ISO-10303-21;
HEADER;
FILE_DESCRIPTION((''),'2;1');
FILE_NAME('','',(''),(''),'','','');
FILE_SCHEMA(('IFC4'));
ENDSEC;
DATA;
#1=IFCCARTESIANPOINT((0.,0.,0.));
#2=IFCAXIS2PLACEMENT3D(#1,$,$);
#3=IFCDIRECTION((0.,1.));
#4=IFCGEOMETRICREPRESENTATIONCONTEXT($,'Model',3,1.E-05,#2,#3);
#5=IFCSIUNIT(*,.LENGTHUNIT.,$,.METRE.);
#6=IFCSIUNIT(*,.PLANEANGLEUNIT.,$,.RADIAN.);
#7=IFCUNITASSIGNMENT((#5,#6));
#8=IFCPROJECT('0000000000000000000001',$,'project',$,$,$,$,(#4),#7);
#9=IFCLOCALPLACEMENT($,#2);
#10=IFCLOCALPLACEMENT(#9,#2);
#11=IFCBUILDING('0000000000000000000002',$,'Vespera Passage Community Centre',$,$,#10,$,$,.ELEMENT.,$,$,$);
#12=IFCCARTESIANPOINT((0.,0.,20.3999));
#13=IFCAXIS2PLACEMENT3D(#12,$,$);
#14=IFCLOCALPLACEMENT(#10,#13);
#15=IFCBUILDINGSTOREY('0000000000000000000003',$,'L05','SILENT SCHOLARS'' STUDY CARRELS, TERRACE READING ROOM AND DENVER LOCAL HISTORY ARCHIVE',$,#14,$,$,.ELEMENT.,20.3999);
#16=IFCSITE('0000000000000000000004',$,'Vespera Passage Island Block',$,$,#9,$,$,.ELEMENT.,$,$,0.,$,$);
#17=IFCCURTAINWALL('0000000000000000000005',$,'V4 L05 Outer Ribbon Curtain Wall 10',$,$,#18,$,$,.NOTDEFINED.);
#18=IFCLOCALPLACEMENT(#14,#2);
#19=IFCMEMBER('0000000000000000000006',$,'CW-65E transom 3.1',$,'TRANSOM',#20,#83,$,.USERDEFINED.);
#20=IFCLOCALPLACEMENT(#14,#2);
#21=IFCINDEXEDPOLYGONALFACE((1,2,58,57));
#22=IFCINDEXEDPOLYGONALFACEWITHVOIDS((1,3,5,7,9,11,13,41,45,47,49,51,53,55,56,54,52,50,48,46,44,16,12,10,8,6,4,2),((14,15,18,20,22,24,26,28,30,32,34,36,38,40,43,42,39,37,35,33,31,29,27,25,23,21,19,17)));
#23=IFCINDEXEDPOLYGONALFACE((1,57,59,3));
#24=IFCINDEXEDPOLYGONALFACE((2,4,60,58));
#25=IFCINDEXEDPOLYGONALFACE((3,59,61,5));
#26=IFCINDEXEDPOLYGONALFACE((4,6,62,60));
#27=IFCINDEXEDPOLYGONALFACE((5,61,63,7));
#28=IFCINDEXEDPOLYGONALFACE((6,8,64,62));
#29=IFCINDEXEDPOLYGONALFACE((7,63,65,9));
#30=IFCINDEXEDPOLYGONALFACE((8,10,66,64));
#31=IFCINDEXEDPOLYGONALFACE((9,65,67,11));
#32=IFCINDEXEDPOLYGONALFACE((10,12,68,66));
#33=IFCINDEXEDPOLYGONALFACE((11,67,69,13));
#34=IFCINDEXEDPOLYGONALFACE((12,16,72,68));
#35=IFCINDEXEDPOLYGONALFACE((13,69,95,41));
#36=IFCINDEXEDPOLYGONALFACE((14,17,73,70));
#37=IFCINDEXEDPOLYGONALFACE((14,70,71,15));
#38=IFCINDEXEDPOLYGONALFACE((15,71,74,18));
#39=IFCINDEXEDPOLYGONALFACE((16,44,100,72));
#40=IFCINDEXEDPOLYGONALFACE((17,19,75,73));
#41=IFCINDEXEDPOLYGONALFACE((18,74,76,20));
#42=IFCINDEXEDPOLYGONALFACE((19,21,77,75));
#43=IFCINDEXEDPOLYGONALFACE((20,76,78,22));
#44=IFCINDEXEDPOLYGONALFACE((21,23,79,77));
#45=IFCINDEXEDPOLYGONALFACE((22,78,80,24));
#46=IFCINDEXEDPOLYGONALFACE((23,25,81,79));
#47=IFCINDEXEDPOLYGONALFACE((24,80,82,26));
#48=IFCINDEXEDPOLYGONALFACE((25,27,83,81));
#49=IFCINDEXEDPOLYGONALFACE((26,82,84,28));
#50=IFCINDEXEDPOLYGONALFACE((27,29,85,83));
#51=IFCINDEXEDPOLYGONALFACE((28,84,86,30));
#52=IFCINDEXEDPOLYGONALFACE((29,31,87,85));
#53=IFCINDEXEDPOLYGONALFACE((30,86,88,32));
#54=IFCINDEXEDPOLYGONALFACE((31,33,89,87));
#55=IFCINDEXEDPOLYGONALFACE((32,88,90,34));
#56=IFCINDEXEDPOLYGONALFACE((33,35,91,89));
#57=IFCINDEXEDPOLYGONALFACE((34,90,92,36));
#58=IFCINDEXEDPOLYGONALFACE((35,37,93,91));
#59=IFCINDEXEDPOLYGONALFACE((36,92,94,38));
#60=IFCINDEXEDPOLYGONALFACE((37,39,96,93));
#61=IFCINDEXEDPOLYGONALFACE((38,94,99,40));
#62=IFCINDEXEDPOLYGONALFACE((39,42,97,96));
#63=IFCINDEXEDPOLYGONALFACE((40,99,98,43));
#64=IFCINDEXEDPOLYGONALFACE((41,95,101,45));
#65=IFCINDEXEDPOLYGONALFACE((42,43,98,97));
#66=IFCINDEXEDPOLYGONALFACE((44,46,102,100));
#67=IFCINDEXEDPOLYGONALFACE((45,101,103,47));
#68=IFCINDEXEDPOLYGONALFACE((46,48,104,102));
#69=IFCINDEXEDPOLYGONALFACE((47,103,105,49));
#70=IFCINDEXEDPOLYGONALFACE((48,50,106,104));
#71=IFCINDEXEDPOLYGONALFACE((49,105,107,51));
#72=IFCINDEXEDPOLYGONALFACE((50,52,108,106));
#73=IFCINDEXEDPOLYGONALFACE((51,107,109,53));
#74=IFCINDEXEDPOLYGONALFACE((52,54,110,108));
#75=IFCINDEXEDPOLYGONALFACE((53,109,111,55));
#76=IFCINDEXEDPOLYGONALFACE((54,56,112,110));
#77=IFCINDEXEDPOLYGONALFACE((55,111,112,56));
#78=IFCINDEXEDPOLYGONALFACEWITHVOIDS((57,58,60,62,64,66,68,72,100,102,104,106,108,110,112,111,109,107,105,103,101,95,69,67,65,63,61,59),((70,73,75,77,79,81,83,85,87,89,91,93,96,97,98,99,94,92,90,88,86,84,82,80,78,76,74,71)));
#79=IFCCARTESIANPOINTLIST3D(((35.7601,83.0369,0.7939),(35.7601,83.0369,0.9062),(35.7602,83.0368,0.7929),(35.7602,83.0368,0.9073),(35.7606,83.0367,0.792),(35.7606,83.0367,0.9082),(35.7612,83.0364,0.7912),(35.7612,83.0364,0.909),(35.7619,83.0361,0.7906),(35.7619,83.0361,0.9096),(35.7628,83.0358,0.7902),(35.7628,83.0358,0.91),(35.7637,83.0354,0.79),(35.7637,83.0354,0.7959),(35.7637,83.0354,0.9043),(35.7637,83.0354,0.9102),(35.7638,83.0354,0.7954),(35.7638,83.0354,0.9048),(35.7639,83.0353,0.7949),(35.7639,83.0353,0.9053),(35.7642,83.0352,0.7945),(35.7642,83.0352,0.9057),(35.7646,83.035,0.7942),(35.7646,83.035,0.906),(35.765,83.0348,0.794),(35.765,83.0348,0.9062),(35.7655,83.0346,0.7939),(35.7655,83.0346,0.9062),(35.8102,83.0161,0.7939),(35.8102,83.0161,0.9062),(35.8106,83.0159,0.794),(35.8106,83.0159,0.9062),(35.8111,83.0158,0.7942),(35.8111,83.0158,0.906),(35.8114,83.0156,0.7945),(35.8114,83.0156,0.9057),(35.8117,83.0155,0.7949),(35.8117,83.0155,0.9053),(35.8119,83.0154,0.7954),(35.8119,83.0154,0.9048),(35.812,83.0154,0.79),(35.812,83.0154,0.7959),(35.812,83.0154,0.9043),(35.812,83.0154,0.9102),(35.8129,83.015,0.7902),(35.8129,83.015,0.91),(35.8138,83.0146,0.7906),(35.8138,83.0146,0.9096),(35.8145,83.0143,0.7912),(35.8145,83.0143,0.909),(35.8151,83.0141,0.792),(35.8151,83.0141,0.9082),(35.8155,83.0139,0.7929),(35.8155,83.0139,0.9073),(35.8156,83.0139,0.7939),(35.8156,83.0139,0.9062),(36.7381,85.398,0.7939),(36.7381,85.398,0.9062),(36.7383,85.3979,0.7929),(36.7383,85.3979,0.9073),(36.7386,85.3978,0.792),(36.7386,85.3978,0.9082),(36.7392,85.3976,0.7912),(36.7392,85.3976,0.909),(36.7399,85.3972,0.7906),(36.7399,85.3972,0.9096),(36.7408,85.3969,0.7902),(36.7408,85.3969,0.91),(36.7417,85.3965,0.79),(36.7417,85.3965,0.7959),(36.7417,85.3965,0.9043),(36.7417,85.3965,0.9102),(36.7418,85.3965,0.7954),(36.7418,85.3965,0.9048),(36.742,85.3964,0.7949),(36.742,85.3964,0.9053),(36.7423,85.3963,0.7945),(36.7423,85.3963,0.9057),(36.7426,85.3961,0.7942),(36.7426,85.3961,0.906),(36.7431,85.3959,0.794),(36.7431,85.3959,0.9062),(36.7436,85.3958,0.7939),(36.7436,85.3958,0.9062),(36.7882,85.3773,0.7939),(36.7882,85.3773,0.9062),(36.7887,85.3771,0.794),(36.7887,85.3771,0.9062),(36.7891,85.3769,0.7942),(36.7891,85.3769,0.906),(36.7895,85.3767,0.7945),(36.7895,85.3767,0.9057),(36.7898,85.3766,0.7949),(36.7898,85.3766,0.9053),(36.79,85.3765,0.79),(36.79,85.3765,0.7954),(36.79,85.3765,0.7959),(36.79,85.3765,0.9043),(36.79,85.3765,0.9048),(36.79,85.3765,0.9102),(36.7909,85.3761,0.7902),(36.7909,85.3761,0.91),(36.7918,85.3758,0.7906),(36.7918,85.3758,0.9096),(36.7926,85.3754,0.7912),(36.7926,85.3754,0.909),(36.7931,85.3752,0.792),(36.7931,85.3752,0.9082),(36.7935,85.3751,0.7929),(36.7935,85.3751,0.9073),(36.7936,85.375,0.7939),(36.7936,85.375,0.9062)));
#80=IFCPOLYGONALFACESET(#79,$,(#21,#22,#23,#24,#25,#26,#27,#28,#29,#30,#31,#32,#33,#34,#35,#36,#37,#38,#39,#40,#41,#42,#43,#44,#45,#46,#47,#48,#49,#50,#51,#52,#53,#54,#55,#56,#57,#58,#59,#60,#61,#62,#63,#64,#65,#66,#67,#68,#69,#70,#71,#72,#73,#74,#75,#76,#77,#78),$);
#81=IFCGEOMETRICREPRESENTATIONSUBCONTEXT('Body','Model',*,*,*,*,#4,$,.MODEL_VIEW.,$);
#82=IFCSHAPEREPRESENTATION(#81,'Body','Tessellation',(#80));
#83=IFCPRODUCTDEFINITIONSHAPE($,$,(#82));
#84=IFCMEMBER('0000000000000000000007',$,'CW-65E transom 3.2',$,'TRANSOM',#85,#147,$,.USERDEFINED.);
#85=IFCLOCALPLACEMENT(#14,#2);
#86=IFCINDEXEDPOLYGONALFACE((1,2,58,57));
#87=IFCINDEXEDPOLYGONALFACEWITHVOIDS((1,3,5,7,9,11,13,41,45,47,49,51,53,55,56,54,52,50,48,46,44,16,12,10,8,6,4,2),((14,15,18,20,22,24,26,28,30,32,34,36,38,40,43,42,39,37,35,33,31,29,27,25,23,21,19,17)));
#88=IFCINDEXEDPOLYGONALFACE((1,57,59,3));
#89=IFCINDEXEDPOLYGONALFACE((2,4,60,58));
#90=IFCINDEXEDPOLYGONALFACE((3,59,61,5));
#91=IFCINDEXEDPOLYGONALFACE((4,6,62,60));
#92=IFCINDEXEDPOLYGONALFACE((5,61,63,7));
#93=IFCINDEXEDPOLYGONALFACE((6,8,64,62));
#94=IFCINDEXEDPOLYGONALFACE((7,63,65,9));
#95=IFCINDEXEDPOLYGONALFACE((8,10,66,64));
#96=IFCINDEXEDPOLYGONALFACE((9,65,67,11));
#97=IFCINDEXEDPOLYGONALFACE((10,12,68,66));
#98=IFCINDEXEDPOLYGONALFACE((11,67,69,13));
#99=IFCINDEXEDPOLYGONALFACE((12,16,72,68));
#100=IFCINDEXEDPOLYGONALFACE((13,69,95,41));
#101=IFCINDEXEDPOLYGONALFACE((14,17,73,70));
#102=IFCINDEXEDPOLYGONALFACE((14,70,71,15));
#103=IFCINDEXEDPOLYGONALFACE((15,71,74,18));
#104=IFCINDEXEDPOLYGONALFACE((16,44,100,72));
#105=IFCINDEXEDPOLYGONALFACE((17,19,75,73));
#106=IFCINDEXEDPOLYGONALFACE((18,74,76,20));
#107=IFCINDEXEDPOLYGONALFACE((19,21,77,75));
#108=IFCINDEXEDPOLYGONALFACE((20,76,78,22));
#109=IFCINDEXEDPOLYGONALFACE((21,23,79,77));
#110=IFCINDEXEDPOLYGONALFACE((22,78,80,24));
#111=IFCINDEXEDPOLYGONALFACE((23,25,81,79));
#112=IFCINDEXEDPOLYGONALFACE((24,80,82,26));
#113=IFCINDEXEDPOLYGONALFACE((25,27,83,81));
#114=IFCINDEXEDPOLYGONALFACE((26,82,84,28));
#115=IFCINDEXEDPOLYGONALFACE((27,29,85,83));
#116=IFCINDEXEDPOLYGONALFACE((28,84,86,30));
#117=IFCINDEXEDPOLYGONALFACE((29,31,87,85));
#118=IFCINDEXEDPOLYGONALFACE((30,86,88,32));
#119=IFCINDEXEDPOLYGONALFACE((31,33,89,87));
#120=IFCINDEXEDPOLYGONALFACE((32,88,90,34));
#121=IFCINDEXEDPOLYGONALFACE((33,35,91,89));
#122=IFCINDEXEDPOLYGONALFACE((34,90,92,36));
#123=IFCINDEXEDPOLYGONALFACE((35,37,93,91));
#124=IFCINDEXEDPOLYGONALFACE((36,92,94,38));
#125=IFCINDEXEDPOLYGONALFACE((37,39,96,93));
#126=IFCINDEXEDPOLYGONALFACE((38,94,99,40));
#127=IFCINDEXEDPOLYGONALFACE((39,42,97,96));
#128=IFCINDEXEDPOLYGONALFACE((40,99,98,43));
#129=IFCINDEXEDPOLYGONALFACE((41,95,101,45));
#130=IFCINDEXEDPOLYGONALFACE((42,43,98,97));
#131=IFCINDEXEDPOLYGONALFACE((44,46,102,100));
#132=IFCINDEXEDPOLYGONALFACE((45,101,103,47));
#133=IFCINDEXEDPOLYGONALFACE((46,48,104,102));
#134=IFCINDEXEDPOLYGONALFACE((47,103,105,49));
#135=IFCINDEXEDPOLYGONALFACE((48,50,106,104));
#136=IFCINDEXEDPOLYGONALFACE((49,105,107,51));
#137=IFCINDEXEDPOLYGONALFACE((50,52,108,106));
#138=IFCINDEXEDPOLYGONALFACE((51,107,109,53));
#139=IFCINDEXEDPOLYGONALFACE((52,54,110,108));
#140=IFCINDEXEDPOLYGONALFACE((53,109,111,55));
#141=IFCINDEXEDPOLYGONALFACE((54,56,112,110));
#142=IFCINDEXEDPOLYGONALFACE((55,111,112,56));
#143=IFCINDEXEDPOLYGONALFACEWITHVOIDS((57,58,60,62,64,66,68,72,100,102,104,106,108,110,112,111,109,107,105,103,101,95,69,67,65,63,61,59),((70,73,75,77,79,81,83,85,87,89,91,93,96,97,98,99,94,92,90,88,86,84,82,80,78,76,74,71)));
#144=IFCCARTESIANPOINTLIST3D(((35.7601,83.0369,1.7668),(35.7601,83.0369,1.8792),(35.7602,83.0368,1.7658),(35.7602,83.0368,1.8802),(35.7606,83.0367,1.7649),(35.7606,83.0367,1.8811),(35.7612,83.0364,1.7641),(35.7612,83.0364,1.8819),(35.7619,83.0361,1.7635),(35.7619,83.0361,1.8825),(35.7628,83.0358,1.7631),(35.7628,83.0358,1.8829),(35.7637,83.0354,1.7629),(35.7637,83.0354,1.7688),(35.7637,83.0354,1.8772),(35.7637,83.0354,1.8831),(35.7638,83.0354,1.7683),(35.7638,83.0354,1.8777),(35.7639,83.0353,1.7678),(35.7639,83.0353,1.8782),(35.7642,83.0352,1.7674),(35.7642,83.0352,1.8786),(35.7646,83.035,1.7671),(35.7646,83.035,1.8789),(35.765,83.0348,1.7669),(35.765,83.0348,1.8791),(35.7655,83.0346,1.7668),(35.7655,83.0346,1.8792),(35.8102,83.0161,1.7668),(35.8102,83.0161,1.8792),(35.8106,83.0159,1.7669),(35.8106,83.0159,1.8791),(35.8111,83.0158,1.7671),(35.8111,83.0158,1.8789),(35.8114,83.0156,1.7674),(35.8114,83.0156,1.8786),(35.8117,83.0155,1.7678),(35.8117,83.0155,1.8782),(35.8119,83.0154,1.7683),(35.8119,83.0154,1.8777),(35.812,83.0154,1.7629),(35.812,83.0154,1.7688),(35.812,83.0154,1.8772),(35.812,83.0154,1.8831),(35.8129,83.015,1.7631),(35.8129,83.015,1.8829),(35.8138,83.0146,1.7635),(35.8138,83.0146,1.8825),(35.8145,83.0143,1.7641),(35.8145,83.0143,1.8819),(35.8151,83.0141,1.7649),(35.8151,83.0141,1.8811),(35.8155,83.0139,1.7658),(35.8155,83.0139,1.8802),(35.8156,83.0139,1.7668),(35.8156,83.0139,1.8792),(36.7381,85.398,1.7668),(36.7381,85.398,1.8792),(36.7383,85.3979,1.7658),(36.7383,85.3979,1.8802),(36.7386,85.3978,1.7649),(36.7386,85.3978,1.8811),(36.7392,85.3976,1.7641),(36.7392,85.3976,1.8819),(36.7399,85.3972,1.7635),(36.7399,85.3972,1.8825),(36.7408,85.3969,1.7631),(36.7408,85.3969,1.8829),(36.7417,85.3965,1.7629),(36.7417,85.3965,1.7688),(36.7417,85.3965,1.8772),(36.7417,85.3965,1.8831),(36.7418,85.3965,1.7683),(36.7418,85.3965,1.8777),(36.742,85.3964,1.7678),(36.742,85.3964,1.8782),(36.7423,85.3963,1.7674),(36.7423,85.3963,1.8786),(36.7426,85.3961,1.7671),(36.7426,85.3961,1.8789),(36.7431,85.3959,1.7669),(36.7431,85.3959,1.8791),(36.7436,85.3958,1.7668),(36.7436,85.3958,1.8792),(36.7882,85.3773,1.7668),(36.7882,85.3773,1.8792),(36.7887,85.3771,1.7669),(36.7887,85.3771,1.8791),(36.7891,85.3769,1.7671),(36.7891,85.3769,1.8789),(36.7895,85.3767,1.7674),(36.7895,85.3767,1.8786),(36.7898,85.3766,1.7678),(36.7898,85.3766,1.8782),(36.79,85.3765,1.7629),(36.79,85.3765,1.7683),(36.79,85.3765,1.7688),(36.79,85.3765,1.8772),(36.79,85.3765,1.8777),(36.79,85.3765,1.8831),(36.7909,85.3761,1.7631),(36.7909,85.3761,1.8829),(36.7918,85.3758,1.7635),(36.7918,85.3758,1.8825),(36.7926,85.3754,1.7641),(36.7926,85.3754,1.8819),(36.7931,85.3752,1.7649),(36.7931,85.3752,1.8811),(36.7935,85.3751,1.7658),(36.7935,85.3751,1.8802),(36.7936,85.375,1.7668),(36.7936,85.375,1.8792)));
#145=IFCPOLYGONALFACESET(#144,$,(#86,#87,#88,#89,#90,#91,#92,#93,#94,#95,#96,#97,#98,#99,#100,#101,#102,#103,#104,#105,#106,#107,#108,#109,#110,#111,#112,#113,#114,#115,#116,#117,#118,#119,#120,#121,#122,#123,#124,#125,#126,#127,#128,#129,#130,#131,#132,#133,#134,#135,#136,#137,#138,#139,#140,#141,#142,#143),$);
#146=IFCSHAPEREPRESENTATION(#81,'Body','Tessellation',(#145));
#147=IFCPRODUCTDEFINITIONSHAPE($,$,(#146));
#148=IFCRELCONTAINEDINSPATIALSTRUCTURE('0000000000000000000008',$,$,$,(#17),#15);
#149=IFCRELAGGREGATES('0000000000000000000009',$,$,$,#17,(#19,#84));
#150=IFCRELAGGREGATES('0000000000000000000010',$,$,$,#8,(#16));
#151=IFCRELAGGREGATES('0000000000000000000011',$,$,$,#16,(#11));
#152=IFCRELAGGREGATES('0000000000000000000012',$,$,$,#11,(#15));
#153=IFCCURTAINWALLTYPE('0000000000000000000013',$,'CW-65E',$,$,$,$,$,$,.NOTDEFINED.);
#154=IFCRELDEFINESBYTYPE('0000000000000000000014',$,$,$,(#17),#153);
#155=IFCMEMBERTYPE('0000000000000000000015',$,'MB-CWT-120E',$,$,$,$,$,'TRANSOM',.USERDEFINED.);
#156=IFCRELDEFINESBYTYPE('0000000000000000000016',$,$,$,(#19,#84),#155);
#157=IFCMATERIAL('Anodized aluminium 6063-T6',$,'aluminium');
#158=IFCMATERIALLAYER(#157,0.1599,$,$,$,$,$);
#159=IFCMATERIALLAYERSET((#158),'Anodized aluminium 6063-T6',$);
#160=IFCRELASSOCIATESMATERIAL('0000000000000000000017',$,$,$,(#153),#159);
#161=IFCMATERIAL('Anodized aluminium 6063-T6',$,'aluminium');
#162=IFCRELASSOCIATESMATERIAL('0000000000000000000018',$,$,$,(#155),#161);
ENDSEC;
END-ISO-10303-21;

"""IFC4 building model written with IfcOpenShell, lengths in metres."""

from ifc_helpers import new_model, si_unit, direction, frame, origin, origin_2d, place, context, subcontext, project, spatial, hollow_rectangle, extrude, material, layer, layer_set, material_profile, profile_set, type_object, element, aggregate, save


model = new_model("IFC4")

# Units and contexts
model_context = context("Model", 3, precision=1e-05, world=origin(), true_north=direction((0.0, 1.0)))
body_context = subcontext(model_context, "Body", "Model", "MODEL_VIEW")
ifc_project = project(units=[si_unit("LENGTHUNIT", "METRE"), si_unit("PLANEANGLEUNIT", "RADIAN")], contexts=[model_context])

# Site, building, storey
site_placement = place(None, origin())
site = spatial("IfcSite", under=ifc_project, at=site_placement, Name="Vespera Passage Island Block", CompositionType="ELEMENT", RefElevation=0.0)
building_placement = place(site_placement, origin())
building = spatial("IfcBuilding", under=site, at=building_placement, Name="Vespera Passage Community Centre", CompositionType="ELEMENT")
storey_placement = place(building_placement, frame((0.0, 0.0, 20.3999)))
storey = spatial("IfcBuildingStorey", under=building, at=storey_placement, Name="L05", Description="SILENT SCHOLARS' STUDY CARRELS, TERRACE READING ROOM AND DENVER LOCAL HISTORY ARCHIVE", CompositionType="ELEMENT", Elevation=20.3999)

# Curtain wall
ifc_material_1 = material(Name="Anodized aluminium 6063-T6", Category="aluminium")
ifc_layer_1 = layer(ifc_material_1, 0.1599)
ifc_layer_set_1 = layer_set([ifc_layer_1], Name="Anodized aluminium 6063-T6")
curtain_wall_type_1 = type_object("IfcCurtainWallType", Name="CW-65E", PredefinedType="NOTDEFINED", material=ifc_layer_set_1)
curtain_wall_1_placement = place(storey_placement, origin())
curtain_wall_1 = element("IfcCurtainWall", 1, at=curtain_wall_1_placement, inside=storey, type_object=curtain_wall_type_1, Name="V4 L05 Outer Ribbon Curtain Wall 10", PredefinedType="NOTDEFINED")

# Members
ifc_material_2 = material(Name="Anodized aluminium 6063-T6", Category="aluminium")
ifc_material_profile_1 = material_profile(ifc_material_2, hollow_rectangle(XDim=0.0601, YDim=0.1201, WallThickness=0.0039, InnerFilletRadius=0.002, OuterFilletRadius=0.0039, at=origin_2d()), Name="ALU120X60X4")
ifc_profile_set_1 = profile_set([ifc_material_profile_1], Name="Anodized aluminium 6063-T6")
member_type_1 = type_object("IfcMemberType", Name="MB-CWT-120E", ElementType="TRANSOM", PredefinedType="USERDEFINED", material=ifc_profile_set_1)
member_1_placement = place(storey_placement, frame((35.7878, 83.0254, 0.8501), z_axis=(0.382695, 0.923875, 0.0), x_axis=(-0.923875, 0.382695, 0.0)))
member_1 = element("IfcMember", 2, at=member_1_placement, type_object=member_type_1, Name="CW-65E transom 3.1", ObjectType="TRANSOM", PredefinedType="USERDEFINED", context=body_context, shape_type="SweptSolid", body=[
    extrude(hollow_rectangle(XDim=0.0601, YDim=0.1201, WallThickness=0.0039, InnerFilletRadius=0.002, OuterFilletRadius=0.0039, at=origin_2d()), origin(), (0.0, 0.0, 1.0), 2.5557),
])
member_2_placement = place(storey_placement, frame((35.7878, 83.0254, 1.823), z_axis=(0.382695, 0.923875, 0.0), x_axis=(-0.923875, 0.382695, 0.0)))
member_2 = element("IfcMember", 3, at=member_2_placement, type_object=member_type_1, Name="CW-65E transom 3.2", ObjectType="TRANSOM", PredefinedType="USERDEFINED", context=body_context, shape_type="SweptSolid", body=[
    extrude(hollow_rectangle(XDim=0.0601, YDim=0.1201, WallThickness=0.0039, InnerFilletRadius=0.002, OuterFilletRadius=0.0039, at=origin_2d()), origin(), (0.0, 0.0, 1.0), 2.5557),
])

aggregate(curtain_wall_1, [member_1, member_2])

save(model, "model.ifc")
